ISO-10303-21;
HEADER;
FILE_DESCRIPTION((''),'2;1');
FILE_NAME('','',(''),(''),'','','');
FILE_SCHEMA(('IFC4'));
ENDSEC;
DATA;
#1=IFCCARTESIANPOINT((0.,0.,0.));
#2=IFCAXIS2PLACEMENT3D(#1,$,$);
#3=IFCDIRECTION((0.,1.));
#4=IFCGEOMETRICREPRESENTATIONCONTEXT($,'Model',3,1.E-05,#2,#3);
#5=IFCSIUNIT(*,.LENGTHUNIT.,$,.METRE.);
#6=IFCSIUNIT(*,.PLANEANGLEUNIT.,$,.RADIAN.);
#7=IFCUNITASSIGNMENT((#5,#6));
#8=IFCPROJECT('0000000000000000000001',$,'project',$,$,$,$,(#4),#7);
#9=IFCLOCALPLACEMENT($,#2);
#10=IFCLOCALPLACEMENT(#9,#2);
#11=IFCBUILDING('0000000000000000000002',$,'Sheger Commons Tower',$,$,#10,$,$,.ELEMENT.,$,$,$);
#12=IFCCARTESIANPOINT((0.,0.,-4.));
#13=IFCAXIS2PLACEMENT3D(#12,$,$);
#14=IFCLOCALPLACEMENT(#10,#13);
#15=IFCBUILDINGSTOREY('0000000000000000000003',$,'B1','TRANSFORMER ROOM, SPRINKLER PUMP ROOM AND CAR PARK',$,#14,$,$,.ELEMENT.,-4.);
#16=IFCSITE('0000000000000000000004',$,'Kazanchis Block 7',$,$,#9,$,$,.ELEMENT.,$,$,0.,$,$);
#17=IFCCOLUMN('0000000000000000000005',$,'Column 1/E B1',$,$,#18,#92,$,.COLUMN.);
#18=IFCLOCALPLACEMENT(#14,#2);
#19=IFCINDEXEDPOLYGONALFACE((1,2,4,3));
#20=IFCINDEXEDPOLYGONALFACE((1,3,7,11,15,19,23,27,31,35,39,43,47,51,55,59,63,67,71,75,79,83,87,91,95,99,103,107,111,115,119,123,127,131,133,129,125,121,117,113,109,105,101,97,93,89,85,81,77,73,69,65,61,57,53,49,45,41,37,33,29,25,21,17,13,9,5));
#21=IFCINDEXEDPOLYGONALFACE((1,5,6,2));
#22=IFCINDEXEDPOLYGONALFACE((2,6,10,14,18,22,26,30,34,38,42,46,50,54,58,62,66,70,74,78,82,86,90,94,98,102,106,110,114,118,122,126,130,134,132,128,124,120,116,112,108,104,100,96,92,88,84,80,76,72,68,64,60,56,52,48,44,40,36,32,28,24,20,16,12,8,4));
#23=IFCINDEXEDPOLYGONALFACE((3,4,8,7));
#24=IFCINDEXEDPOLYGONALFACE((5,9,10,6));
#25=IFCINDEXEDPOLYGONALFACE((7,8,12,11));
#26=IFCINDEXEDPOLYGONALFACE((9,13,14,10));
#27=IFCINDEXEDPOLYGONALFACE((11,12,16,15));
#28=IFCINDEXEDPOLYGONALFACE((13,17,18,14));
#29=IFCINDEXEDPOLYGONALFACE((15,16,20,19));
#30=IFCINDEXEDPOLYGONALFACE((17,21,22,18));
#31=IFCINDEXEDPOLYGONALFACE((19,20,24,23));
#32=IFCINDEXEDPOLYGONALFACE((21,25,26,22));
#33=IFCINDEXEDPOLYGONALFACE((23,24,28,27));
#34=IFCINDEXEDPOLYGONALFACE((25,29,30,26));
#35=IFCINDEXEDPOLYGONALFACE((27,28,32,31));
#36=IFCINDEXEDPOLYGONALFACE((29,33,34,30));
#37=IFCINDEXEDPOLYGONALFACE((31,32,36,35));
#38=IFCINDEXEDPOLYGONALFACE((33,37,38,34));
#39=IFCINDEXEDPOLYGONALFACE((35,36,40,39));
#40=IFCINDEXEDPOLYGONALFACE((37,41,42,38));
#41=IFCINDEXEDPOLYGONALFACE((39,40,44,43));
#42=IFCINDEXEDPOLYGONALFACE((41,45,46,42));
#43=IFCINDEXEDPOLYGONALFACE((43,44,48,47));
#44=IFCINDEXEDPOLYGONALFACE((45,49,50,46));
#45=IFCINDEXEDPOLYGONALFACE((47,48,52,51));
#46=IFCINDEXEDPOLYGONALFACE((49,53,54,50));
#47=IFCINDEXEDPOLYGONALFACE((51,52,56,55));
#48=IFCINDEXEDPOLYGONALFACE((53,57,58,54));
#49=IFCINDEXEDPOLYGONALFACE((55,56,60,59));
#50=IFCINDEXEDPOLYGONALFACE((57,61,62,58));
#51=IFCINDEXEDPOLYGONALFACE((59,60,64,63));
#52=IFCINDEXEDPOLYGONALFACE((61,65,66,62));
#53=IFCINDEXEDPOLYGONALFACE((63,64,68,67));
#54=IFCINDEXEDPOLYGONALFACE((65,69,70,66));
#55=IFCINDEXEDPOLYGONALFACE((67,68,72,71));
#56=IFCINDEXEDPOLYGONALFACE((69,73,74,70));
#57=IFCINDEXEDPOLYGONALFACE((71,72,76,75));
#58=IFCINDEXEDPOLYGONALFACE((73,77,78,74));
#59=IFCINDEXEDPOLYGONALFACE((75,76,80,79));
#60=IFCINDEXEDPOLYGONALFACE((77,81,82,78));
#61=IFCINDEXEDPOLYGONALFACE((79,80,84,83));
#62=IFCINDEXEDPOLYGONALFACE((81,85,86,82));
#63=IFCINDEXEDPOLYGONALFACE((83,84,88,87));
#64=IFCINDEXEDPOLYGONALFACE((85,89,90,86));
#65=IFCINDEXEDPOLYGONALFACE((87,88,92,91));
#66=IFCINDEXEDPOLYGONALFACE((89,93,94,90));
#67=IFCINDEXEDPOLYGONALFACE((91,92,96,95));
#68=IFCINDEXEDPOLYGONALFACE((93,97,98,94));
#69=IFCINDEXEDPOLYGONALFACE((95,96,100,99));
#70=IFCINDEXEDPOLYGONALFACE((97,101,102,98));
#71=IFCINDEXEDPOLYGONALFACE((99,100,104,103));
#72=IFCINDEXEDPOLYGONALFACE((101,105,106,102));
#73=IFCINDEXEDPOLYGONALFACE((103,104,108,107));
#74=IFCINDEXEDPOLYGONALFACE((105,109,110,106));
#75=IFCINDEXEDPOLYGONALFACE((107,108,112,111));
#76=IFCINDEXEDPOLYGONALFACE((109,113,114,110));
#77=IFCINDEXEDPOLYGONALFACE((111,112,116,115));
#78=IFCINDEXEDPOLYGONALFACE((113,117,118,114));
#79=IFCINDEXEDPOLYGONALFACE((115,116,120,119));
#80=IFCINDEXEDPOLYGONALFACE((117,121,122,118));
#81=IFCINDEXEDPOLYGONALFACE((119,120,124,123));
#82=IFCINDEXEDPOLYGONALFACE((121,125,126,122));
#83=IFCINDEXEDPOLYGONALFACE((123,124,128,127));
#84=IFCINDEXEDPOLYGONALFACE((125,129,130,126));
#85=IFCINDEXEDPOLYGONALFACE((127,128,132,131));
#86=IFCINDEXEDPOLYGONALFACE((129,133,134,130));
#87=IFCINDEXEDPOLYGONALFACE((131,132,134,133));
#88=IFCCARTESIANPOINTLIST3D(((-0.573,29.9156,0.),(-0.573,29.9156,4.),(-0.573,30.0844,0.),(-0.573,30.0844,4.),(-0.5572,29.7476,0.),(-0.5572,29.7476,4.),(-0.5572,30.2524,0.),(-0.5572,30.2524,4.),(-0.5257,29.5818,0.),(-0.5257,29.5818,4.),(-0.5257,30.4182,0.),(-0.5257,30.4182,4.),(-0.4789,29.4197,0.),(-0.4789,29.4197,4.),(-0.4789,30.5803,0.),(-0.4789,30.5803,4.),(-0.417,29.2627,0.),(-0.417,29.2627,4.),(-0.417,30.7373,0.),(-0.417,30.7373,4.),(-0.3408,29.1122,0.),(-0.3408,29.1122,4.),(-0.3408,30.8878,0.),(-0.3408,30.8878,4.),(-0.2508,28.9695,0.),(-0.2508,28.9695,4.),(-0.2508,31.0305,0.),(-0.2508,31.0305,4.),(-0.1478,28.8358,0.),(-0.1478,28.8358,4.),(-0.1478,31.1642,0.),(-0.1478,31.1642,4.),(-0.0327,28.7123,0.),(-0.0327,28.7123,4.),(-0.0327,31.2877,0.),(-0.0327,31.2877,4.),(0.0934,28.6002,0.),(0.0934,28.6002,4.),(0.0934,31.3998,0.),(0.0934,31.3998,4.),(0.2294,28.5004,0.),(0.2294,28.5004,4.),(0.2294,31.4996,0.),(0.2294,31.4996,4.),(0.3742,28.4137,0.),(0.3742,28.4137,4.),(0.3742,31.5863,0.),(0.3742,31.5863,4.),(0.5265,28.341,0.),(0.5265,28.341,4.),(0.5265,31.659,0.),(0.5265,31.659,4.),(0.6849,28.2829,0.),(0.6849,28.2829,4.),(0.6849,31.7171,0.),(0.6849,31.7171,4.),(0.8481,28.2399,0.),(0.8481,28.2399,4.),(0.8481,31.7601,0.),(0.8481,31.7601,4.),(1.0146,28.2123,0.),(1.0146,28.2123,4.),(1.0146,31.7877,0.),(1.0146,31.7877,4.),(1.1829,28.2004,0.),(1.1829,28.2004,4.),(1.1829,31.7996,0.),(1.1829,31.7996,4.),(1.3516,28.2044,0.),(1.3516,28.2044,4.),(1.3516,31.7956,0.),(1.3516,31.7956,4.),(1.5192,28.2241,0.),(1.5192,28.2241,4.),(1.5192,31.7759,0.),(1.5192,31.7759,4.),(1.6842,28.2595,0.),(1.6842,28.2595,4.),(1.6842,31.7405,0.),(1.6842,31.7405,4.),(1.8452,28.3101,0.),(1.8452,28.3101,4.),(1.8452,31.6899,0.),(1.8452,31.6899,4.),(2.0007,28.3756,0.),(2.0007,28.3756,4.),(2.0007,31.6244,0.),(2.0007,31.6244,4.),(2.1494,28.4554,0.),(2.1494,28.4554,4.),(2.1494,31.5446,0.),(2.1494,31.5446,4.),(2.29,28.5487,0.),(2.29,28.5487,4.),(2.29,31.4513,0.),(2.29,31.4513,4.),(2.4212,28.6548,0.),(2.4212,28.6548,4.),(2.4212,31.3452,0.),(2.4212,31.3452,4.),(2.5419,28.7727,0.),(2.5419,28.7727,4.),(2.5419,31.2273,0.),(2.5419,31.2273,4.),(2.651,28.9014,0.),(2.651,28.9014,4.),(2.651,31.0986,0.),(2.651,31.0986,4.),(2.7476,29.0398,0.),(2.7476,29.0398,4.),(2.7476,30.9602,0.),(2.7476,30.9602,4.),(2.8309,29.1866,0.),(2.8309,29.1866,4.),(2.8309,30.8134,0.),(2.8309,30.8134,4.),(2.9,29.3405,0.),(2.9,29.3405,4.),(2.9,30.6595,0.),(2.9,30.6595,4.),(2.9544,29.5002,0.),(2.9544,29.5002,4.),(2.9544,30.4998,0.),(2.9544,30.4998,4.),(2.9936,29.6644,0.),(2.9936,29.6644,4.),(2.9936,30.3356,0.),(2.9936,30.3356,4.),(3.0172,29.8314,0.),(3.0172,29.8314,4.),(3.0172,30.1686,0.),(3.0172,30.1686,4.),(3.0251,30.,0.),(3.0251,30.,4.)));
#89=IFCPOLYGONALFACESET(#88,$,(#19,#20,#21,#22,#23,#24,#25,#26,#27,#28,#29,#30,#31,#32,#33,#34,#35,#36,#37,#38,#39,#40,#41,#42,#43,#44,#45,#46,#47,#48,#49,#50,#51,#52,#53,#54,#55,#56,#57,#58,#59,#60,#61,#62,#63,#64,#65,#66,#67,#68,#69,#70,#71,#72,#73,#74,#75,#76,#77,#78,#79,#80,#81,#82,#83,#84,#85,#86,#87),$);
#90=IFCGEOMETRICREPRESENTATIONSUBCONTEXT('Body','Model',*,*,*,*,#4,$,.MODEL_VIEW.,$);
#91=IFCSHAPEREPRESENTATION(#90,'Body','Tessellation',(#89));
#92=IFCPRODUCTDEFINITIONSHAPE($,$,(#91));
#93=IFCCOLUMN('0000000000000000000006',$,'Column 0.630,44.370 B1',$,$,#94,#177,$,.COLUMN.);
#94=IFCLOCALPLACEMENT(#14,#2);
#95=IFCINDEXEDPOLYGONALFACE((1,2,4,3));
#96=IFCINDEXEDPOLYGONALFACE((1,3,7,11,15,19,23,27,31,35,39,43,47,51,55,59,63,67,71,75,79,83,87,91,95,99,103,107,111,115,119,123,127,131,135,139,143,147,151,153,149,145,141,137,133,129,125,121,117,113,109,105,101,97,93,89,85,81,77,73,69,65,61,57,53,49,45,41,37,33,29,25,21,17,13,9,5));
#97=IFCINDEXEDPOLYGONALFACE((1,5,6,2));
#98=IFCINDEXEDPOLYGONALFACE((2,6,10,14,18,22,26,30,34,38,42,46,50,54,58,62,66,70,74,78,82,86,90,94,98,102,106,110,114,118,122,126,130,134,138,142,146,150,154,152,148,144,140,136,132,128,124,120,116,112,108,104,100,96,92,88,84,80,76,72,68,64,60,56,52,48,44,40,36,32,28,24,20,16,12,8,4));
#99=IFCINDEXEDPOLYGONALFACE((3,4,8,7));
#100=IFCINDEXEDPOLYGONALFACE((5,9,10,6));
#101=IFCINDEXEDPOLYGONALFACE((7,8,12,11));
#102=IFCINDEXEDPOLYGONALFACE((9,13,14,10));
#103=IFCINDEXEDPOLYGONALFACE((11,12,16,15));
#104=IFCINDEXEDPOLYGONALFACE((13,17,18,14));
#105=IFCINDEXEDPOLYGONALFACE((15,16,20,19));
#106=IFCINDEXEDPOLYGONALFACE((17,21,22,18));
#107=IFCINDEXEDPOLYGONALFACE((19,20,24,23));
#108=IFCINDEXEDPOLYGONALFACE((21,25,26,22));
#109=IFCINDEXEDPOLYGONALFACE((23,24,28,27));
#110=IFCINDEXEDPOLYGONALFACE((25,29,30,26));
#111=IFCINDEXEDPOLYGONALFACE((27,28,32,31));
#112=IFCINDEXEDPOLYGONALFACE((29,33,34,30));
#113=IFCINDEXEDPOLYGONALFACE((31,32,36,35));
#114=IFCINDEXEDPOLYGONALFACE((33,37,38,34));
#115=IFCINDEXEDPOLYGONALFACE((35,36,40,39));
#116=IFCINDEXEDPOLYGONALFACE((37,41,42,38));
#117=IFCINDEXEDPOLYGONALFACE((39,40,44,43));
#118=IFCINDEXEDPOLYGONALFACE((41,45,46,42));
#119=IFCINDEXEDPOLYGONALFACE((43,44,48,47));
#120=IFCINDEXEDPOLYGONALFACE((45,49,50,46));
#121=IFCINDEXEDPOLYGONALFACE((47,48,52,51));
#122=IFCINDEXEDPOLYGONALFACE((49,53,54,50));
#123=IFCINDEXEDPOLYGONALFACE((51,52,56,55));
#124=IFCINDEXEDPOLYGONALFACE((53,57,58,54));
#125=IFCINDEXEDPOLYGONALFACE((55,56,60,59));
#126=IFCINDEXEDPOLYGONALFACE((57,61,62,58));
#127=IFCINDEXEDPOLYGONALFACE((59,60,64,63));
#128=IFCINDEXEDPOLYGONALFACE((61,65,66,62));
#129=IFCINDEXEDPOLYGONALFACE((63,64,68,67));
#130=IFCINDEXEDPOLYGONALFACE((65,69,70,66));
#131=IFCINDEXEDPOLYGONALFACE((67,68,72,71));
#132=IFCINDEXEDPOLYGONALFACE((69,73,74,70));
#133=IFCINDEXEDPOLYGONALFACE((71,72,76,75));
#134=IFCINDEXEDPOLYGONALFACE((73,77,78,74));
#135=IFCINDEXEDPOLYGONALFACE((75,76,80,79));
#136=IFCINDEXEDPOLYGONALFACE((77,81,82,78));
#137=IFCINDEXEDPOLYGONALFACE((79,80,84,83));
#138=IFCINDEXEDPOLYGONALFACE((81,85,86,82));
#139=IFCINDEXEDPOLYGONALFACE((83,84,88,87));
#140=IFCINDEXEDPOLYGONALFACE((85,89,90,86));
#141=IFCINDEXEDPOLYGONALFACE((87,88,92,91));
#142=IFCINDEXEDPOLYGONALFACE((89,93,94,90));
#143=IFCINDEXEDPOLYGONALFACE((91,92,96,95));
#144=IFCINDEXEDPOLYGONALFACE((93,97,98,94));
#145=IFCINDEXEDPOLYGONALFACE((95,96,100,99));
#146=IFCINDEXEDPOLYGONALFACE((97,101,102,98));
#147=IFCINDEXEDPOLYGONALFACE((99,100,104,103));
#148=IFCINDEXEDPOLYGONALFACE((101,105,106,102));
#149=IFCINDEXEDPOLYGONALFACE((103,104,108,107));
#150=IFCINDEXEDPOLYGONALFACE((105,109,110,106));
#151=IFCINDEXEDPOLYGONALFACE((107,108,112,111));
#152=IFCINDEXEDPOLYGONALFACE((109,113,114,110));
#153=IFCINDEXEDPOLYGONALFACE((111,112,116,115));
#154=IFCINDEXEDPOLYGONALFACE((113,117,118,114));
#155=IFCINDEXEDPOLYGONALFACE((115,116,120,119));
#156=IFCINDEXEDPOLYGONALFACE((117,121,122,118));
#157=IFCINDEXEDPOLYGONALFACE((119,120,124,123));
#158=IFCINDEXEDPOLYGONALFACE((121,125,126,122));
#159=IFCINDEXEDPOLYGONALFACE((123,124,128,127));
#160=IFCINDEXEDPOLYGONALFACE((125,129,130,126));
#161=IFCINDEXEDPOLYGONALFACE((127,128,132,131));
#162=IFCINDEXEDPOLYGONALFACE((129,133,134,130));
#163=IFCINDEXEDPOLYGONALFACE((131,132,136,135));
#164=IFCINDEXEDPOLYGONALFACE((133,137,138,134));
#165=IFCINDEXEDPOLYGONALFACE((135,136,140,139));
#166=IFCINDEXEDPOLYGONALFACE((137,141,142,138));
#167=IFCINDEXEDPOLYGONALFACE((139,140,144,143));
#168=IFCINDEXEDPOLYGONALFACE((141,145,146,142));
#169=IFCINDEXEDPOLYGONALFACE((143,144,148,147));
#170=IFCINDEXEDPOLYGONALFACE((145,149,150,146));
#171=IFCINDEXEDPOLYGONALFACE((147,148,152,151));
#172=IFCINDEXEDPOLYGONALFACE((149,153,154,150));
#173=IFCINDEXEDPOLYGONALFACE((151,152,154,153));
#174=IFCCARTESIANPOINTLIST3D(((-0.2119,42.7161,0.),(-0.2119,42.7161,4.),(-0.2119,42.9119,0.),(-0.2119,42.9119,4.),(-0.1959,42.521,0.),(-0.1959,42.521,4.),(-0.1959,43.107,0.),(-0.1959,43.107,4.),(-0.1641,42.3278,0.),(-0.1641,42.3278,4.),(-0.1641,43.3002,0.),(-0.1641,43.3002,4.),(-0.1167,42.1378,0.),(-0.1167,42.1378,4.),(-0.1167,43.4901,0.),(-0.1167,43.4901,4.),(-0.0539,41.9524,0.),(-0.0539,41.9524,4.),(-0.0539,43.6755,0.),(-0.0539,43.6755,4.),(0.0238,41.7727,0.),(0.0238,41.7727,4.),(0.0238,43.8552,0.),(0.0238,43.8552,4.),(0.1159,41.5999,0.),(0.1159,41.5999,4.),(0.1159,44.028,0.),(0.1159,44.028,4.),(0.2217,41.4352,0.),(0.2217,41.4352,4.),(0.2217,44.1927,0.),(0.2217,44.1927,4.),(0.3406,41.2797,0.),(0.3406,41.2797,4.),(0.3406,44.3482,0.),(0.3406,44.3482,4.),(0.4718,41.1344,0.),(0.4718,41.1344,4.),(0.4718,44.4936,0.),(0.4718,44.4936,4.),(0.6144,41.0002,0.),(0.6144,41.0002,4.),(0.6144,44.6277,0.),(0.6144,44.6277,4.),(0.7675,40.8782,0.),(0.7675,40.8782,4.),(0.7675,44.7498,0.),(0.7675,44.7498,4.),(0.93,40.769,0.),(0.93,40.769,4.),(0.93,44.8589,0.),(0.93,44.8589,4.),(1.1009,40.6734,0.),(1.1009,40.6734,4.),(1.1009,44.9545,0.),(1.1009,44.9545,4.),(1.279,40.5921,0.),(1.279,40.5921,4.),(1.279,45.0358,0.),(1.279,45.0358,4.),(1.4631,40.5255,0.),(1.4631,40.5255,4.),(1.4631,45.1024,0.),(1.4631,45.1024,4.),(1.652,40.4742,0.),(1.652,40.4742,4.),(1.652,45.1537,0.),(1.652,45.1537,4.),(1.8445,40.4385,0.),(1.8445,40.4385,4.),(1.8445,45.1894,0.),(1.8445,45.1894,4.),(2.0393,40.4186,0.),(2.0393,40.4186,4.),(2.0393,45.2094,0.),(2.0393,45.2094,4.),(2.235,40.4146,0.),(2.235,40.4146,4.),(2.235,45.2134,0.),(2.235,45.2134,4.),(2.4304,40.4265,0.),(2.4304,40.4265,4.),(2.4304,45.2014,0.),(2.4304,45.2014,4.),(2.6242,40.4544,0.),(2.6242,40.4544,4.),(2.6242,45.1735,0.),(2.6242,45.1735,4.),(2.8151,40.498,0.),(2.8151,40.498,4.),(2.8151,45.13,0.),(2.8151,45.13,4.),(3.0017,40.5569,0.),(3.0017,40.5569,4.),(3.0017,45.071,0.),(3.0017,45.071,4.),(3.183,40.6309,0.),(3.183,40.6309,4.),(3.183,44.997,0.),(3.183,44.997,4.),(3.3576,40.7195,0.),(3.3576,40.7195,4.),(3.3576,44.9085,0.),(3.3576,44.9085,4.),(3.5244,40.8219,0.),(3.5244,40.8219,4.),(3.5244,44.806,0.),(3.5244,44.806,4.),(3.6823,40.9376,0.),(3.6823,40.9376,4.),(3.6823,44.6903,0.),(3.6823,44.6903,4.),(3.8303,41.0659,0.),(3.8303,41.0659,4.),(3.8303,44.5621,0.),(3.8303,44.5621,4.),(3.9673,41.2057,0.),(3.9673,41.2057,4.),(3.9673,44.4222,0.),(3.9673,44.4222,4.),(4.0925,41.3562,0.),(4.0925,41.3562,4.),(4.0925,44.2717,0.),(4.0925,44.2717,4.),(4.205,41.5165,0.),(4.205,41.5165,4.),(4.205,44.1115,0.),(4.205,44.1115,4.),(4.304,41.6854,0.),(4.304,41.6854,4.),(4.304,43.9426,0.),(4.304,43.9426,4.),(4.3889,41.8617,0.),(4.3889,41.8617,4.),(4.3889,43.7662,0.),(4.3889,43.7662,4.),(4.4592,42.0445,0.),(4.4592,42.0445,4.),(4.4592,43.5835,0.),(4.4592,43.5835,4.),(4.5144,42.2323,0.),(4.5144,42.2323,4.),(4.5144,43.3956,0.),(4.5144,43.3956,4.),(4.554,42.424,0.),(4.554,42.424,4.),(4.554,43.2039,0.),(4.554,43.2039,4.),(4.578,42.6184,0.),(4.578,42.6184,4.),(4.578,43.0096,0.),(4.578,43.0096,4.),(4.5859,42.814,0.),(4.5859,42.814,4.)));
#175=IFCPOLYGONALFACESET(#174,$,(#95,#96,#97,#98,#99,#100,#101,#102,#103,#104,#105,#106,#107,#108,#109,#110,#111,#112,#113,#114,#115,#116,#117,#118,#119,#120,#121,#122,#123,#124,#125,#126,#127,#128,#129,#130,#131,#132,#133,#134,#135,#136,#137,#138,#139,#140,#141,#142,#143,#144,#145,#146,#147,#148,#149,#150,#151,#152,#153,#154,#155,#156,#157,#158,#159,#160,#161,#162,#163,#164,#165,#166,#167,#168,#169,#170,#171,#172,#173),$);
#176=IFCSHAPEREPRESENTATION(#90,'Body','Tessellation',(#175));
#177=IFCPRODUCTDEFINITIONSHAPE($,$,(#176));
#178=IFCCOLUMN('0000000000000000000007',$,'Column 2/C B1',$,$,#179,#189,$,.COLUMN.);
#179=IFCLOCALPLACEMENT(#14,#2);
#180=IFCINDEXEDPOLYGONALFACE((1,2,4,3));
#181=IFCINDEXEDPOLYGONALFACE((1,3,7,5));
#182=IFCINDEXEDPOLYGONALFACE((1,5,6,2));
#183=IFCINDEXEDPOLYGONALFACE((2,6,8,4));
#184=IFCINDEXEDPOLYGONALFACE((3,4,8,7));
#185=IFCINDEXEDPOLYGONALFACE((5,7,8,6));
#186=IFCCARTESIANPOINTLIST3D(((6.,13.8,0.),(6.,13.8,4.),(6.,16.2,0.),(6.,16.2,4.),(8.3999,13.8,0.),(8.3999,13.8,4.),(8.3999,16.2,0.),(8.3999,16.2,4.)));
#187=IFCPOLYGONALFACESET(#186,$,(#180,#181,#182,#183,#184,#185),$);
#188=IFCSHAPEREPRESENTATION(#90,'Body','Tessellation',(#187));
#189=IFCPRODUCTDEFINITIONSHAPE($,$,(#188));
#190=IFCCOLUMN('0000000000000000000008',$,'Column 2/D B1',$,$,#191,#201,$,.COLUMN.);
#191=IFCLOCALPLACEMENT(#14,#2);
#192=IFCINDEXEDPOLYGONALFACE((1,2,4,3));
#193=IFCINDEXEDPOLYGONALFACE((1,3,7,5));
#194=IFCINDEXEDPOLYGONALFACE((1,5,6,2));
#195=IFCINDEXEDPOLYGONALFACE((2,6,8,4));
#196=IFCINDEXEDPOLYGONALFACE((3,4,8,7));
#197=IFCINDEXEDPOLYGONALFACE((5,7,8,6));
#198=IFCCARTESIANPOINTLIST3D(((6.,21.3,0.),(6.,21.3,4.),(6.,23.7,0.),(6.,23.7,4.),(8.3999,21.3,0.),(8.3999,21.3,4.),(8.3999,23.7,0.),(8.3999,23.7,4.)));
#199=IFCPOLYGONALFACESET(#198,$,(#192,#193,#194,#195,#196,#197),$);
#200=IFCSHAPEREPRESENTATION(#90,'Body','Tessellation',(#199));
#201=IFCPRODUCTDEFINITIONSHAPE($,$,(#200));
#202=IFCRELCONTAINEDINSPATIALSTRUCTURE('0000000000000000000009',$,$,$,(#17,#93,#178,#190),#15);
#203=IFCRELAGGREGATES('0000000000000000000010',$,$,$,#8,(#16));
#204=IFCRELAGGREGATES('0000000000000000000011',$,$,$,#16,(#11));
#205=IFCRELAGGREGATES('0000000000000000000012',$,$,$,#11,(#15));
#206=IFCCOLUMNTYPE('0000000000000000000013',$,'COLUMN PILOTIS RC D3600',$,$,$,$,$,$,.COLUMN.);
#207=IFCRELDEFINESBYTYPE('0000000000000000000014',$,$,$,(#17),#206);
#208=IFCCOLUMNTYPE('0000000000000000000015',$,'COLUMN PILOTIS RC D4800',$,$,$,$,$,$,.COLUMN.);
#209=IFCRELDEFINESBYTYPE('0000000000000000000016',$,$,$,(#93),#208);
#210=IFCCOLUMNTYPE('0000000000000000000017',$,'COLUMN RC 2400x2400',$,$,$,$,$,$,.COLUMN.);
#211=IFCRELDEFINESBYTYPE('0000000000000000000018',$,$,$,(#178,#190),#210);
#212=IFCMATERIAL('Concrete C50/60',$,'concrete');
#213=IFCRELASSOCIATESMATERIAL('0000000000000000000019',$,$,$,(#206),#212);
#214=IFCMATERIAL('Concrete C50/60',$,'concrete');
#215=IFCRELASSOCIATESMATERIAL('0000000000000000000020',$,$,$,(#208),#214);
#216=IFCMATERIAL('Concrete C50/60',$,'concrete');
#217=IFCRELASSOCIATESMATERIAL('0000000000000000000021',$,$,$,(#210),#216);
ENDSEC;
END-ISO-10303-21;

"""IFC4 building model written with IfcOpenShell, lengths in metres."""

from ifc_helpers import new_model, si_unit, direction, frame, origin, origin_2d, place, context, subcontext, project, spatial, rectangle, circle, extrude, material, material_profile, profile_set, type_object, element, save


model = new_model("IFC4")

# Units and contexts
model_context = context("Model", 3, precision=1e-05, world=origin(), true_north=direction((0.0, 1.0)))
body_context = subcontext(model_context, "Body", "Model", "MODEL_VIEW")
ifc_project = project(units=[si_unit("LENGTHUNIT", "METRE"), si_unit("PLANEANGLEUNIT", "RADIAN")], contexts=[model_context])

# Site, building, storey
site_placement = place(None, origin())
site = spatial("IfcSite", under=ifc_project, at=site_placement, Name="Kazanchis Block 7", CompositionType="ELEMENT", RefElevation=0.0)
building_placement = place(site_placement, origin())
building = spatial("IfcBuilding", under=site, at=building_placement, Name="Sheger Commons Tower", CompositionType="ELEMENT")
storey_placement = place(building_placement, frame((0.0, 0.0, -4.0)))
storey = spatial("IfcBuildingStorey", under=building, at=storey_placement, Name="B1", Description="TRANSFORMER ROOM, SPRINKLER PUMP ROOM AND CAR PARK", CompositionType="ELEMENT", Elevation=-4.0)

# Columns
ifc_material_1 = material(Name="Concrete C50/60", Category="concrete")
ifc_material_profile_1 = material_profile(ifc_material_1, circle(Radius=1.8, at=origin_2d()), Name="RC D3600")
ifc_profile_set_1 = profile_set([ifc_material_profile_1], Name="Concrete C50/60")
column_type_1 = type_object("IfcColumnType", Name="COLUMN PILOTIS RC D3600", PredefinedType="COLUMN", material=ifc_profile_set_1)
column_1_placement = place(storey_placement, frame((1.2251, 30.0, 0.0), z_axis=(0.0, 0.0, 1.0), x_axis=(1.0, 0.0, 0.0)))
element("IfcColumn", 1, at=column_1_placement, inside=storey, type_object=column_type_1, Name="Column 1/E B1", PredefinedType="COLUMN", context=body_context, shape_type="SweptSolid", body=[
    extrude(circle(Radius=1.8, at=origin_2d()), origin(), (0.0, 0.0, 1.0), 4.0),
])
ifc_material_2 = material(Name="Concrete C50/60", Category="concrete")
ifc_material_profile_2 = material_profile(ifc_material_2, circle(Radius=2.3999, at=origin_2d()), Name="RC D4800")
ifc_profile_set_2 = profile_set([ifc_material_profile_2], Name="Concrete C50/60")
column_type_2 = type_object("IfcColumnType", Name="COLUMN PILOTIS RC D4800", PredefinedType="COLUMN", material=ifc_profile_set_2)
column_2_placement = place(storey_placement, frame((2.186, 42.814, 0.0), z_axis=(0.0, 0.0, 1.0), x_axis=(1.0, 0.0, 0.0)))
element("IfcColumn", 2, at=column_2_placement, inside=storey, type_object=column_type_2, Name="Column 0.630,44.370 B1", PredefinedType="COLUMN", context=body_context, shape_type="SweptSolid", body=[
    extrude(circle(Radius=2.3999, at=origin_2d()), origin(), (0.0, 0.0, 1.0), 4.0),
])
ifc_material_3 = material(Name="Concrete C50/60", Category="concrete")
ifc_material_profile_3 = material_profile(ifc_material_3, rectangle(XDim=2.3999, YDim=2.3999, at=origin_2d()), Name="RC 2400x2400")
ifc_profile_set_3 = profile_set([ifc_material_profile_3], Name="Concrete C50/60")
column_type_3 = type_object("IfcColumnType", Name="COLUMN RC 2400x2400", PredefinedType="COLUMN", material=ifc_profile_set_3)
for number, where, z_axis, x_axis, name in (
    (3, (7.2, 15.0, 0.0), (0.0, 0.0, 1.0), (1.0, 0.0, 0.0), "Column 2/C B1"),
    (4, (7.2, 22.5, 0.0), (0.0, 0.0, 1.0), (1.0, 0.0, 0.0), "Column 2/D B1"),
):
    element("IfcColumn", number, at=place(storey_placement, frame(where, z_axis=z_axis, x_axis=x_axis)), inside=storey, type_object=column_type_3, Name=name, PredefinedType="COLUMN", context=body_context, shape_type="SweptSolid", body=[
        extrude(rectangle(XDim=2.3999, YDim=2.3999, at=origin_2d()), origin(), (0.0, 0.0, 1.0), 4.0),
    ])

save(model, "model.ifc")
